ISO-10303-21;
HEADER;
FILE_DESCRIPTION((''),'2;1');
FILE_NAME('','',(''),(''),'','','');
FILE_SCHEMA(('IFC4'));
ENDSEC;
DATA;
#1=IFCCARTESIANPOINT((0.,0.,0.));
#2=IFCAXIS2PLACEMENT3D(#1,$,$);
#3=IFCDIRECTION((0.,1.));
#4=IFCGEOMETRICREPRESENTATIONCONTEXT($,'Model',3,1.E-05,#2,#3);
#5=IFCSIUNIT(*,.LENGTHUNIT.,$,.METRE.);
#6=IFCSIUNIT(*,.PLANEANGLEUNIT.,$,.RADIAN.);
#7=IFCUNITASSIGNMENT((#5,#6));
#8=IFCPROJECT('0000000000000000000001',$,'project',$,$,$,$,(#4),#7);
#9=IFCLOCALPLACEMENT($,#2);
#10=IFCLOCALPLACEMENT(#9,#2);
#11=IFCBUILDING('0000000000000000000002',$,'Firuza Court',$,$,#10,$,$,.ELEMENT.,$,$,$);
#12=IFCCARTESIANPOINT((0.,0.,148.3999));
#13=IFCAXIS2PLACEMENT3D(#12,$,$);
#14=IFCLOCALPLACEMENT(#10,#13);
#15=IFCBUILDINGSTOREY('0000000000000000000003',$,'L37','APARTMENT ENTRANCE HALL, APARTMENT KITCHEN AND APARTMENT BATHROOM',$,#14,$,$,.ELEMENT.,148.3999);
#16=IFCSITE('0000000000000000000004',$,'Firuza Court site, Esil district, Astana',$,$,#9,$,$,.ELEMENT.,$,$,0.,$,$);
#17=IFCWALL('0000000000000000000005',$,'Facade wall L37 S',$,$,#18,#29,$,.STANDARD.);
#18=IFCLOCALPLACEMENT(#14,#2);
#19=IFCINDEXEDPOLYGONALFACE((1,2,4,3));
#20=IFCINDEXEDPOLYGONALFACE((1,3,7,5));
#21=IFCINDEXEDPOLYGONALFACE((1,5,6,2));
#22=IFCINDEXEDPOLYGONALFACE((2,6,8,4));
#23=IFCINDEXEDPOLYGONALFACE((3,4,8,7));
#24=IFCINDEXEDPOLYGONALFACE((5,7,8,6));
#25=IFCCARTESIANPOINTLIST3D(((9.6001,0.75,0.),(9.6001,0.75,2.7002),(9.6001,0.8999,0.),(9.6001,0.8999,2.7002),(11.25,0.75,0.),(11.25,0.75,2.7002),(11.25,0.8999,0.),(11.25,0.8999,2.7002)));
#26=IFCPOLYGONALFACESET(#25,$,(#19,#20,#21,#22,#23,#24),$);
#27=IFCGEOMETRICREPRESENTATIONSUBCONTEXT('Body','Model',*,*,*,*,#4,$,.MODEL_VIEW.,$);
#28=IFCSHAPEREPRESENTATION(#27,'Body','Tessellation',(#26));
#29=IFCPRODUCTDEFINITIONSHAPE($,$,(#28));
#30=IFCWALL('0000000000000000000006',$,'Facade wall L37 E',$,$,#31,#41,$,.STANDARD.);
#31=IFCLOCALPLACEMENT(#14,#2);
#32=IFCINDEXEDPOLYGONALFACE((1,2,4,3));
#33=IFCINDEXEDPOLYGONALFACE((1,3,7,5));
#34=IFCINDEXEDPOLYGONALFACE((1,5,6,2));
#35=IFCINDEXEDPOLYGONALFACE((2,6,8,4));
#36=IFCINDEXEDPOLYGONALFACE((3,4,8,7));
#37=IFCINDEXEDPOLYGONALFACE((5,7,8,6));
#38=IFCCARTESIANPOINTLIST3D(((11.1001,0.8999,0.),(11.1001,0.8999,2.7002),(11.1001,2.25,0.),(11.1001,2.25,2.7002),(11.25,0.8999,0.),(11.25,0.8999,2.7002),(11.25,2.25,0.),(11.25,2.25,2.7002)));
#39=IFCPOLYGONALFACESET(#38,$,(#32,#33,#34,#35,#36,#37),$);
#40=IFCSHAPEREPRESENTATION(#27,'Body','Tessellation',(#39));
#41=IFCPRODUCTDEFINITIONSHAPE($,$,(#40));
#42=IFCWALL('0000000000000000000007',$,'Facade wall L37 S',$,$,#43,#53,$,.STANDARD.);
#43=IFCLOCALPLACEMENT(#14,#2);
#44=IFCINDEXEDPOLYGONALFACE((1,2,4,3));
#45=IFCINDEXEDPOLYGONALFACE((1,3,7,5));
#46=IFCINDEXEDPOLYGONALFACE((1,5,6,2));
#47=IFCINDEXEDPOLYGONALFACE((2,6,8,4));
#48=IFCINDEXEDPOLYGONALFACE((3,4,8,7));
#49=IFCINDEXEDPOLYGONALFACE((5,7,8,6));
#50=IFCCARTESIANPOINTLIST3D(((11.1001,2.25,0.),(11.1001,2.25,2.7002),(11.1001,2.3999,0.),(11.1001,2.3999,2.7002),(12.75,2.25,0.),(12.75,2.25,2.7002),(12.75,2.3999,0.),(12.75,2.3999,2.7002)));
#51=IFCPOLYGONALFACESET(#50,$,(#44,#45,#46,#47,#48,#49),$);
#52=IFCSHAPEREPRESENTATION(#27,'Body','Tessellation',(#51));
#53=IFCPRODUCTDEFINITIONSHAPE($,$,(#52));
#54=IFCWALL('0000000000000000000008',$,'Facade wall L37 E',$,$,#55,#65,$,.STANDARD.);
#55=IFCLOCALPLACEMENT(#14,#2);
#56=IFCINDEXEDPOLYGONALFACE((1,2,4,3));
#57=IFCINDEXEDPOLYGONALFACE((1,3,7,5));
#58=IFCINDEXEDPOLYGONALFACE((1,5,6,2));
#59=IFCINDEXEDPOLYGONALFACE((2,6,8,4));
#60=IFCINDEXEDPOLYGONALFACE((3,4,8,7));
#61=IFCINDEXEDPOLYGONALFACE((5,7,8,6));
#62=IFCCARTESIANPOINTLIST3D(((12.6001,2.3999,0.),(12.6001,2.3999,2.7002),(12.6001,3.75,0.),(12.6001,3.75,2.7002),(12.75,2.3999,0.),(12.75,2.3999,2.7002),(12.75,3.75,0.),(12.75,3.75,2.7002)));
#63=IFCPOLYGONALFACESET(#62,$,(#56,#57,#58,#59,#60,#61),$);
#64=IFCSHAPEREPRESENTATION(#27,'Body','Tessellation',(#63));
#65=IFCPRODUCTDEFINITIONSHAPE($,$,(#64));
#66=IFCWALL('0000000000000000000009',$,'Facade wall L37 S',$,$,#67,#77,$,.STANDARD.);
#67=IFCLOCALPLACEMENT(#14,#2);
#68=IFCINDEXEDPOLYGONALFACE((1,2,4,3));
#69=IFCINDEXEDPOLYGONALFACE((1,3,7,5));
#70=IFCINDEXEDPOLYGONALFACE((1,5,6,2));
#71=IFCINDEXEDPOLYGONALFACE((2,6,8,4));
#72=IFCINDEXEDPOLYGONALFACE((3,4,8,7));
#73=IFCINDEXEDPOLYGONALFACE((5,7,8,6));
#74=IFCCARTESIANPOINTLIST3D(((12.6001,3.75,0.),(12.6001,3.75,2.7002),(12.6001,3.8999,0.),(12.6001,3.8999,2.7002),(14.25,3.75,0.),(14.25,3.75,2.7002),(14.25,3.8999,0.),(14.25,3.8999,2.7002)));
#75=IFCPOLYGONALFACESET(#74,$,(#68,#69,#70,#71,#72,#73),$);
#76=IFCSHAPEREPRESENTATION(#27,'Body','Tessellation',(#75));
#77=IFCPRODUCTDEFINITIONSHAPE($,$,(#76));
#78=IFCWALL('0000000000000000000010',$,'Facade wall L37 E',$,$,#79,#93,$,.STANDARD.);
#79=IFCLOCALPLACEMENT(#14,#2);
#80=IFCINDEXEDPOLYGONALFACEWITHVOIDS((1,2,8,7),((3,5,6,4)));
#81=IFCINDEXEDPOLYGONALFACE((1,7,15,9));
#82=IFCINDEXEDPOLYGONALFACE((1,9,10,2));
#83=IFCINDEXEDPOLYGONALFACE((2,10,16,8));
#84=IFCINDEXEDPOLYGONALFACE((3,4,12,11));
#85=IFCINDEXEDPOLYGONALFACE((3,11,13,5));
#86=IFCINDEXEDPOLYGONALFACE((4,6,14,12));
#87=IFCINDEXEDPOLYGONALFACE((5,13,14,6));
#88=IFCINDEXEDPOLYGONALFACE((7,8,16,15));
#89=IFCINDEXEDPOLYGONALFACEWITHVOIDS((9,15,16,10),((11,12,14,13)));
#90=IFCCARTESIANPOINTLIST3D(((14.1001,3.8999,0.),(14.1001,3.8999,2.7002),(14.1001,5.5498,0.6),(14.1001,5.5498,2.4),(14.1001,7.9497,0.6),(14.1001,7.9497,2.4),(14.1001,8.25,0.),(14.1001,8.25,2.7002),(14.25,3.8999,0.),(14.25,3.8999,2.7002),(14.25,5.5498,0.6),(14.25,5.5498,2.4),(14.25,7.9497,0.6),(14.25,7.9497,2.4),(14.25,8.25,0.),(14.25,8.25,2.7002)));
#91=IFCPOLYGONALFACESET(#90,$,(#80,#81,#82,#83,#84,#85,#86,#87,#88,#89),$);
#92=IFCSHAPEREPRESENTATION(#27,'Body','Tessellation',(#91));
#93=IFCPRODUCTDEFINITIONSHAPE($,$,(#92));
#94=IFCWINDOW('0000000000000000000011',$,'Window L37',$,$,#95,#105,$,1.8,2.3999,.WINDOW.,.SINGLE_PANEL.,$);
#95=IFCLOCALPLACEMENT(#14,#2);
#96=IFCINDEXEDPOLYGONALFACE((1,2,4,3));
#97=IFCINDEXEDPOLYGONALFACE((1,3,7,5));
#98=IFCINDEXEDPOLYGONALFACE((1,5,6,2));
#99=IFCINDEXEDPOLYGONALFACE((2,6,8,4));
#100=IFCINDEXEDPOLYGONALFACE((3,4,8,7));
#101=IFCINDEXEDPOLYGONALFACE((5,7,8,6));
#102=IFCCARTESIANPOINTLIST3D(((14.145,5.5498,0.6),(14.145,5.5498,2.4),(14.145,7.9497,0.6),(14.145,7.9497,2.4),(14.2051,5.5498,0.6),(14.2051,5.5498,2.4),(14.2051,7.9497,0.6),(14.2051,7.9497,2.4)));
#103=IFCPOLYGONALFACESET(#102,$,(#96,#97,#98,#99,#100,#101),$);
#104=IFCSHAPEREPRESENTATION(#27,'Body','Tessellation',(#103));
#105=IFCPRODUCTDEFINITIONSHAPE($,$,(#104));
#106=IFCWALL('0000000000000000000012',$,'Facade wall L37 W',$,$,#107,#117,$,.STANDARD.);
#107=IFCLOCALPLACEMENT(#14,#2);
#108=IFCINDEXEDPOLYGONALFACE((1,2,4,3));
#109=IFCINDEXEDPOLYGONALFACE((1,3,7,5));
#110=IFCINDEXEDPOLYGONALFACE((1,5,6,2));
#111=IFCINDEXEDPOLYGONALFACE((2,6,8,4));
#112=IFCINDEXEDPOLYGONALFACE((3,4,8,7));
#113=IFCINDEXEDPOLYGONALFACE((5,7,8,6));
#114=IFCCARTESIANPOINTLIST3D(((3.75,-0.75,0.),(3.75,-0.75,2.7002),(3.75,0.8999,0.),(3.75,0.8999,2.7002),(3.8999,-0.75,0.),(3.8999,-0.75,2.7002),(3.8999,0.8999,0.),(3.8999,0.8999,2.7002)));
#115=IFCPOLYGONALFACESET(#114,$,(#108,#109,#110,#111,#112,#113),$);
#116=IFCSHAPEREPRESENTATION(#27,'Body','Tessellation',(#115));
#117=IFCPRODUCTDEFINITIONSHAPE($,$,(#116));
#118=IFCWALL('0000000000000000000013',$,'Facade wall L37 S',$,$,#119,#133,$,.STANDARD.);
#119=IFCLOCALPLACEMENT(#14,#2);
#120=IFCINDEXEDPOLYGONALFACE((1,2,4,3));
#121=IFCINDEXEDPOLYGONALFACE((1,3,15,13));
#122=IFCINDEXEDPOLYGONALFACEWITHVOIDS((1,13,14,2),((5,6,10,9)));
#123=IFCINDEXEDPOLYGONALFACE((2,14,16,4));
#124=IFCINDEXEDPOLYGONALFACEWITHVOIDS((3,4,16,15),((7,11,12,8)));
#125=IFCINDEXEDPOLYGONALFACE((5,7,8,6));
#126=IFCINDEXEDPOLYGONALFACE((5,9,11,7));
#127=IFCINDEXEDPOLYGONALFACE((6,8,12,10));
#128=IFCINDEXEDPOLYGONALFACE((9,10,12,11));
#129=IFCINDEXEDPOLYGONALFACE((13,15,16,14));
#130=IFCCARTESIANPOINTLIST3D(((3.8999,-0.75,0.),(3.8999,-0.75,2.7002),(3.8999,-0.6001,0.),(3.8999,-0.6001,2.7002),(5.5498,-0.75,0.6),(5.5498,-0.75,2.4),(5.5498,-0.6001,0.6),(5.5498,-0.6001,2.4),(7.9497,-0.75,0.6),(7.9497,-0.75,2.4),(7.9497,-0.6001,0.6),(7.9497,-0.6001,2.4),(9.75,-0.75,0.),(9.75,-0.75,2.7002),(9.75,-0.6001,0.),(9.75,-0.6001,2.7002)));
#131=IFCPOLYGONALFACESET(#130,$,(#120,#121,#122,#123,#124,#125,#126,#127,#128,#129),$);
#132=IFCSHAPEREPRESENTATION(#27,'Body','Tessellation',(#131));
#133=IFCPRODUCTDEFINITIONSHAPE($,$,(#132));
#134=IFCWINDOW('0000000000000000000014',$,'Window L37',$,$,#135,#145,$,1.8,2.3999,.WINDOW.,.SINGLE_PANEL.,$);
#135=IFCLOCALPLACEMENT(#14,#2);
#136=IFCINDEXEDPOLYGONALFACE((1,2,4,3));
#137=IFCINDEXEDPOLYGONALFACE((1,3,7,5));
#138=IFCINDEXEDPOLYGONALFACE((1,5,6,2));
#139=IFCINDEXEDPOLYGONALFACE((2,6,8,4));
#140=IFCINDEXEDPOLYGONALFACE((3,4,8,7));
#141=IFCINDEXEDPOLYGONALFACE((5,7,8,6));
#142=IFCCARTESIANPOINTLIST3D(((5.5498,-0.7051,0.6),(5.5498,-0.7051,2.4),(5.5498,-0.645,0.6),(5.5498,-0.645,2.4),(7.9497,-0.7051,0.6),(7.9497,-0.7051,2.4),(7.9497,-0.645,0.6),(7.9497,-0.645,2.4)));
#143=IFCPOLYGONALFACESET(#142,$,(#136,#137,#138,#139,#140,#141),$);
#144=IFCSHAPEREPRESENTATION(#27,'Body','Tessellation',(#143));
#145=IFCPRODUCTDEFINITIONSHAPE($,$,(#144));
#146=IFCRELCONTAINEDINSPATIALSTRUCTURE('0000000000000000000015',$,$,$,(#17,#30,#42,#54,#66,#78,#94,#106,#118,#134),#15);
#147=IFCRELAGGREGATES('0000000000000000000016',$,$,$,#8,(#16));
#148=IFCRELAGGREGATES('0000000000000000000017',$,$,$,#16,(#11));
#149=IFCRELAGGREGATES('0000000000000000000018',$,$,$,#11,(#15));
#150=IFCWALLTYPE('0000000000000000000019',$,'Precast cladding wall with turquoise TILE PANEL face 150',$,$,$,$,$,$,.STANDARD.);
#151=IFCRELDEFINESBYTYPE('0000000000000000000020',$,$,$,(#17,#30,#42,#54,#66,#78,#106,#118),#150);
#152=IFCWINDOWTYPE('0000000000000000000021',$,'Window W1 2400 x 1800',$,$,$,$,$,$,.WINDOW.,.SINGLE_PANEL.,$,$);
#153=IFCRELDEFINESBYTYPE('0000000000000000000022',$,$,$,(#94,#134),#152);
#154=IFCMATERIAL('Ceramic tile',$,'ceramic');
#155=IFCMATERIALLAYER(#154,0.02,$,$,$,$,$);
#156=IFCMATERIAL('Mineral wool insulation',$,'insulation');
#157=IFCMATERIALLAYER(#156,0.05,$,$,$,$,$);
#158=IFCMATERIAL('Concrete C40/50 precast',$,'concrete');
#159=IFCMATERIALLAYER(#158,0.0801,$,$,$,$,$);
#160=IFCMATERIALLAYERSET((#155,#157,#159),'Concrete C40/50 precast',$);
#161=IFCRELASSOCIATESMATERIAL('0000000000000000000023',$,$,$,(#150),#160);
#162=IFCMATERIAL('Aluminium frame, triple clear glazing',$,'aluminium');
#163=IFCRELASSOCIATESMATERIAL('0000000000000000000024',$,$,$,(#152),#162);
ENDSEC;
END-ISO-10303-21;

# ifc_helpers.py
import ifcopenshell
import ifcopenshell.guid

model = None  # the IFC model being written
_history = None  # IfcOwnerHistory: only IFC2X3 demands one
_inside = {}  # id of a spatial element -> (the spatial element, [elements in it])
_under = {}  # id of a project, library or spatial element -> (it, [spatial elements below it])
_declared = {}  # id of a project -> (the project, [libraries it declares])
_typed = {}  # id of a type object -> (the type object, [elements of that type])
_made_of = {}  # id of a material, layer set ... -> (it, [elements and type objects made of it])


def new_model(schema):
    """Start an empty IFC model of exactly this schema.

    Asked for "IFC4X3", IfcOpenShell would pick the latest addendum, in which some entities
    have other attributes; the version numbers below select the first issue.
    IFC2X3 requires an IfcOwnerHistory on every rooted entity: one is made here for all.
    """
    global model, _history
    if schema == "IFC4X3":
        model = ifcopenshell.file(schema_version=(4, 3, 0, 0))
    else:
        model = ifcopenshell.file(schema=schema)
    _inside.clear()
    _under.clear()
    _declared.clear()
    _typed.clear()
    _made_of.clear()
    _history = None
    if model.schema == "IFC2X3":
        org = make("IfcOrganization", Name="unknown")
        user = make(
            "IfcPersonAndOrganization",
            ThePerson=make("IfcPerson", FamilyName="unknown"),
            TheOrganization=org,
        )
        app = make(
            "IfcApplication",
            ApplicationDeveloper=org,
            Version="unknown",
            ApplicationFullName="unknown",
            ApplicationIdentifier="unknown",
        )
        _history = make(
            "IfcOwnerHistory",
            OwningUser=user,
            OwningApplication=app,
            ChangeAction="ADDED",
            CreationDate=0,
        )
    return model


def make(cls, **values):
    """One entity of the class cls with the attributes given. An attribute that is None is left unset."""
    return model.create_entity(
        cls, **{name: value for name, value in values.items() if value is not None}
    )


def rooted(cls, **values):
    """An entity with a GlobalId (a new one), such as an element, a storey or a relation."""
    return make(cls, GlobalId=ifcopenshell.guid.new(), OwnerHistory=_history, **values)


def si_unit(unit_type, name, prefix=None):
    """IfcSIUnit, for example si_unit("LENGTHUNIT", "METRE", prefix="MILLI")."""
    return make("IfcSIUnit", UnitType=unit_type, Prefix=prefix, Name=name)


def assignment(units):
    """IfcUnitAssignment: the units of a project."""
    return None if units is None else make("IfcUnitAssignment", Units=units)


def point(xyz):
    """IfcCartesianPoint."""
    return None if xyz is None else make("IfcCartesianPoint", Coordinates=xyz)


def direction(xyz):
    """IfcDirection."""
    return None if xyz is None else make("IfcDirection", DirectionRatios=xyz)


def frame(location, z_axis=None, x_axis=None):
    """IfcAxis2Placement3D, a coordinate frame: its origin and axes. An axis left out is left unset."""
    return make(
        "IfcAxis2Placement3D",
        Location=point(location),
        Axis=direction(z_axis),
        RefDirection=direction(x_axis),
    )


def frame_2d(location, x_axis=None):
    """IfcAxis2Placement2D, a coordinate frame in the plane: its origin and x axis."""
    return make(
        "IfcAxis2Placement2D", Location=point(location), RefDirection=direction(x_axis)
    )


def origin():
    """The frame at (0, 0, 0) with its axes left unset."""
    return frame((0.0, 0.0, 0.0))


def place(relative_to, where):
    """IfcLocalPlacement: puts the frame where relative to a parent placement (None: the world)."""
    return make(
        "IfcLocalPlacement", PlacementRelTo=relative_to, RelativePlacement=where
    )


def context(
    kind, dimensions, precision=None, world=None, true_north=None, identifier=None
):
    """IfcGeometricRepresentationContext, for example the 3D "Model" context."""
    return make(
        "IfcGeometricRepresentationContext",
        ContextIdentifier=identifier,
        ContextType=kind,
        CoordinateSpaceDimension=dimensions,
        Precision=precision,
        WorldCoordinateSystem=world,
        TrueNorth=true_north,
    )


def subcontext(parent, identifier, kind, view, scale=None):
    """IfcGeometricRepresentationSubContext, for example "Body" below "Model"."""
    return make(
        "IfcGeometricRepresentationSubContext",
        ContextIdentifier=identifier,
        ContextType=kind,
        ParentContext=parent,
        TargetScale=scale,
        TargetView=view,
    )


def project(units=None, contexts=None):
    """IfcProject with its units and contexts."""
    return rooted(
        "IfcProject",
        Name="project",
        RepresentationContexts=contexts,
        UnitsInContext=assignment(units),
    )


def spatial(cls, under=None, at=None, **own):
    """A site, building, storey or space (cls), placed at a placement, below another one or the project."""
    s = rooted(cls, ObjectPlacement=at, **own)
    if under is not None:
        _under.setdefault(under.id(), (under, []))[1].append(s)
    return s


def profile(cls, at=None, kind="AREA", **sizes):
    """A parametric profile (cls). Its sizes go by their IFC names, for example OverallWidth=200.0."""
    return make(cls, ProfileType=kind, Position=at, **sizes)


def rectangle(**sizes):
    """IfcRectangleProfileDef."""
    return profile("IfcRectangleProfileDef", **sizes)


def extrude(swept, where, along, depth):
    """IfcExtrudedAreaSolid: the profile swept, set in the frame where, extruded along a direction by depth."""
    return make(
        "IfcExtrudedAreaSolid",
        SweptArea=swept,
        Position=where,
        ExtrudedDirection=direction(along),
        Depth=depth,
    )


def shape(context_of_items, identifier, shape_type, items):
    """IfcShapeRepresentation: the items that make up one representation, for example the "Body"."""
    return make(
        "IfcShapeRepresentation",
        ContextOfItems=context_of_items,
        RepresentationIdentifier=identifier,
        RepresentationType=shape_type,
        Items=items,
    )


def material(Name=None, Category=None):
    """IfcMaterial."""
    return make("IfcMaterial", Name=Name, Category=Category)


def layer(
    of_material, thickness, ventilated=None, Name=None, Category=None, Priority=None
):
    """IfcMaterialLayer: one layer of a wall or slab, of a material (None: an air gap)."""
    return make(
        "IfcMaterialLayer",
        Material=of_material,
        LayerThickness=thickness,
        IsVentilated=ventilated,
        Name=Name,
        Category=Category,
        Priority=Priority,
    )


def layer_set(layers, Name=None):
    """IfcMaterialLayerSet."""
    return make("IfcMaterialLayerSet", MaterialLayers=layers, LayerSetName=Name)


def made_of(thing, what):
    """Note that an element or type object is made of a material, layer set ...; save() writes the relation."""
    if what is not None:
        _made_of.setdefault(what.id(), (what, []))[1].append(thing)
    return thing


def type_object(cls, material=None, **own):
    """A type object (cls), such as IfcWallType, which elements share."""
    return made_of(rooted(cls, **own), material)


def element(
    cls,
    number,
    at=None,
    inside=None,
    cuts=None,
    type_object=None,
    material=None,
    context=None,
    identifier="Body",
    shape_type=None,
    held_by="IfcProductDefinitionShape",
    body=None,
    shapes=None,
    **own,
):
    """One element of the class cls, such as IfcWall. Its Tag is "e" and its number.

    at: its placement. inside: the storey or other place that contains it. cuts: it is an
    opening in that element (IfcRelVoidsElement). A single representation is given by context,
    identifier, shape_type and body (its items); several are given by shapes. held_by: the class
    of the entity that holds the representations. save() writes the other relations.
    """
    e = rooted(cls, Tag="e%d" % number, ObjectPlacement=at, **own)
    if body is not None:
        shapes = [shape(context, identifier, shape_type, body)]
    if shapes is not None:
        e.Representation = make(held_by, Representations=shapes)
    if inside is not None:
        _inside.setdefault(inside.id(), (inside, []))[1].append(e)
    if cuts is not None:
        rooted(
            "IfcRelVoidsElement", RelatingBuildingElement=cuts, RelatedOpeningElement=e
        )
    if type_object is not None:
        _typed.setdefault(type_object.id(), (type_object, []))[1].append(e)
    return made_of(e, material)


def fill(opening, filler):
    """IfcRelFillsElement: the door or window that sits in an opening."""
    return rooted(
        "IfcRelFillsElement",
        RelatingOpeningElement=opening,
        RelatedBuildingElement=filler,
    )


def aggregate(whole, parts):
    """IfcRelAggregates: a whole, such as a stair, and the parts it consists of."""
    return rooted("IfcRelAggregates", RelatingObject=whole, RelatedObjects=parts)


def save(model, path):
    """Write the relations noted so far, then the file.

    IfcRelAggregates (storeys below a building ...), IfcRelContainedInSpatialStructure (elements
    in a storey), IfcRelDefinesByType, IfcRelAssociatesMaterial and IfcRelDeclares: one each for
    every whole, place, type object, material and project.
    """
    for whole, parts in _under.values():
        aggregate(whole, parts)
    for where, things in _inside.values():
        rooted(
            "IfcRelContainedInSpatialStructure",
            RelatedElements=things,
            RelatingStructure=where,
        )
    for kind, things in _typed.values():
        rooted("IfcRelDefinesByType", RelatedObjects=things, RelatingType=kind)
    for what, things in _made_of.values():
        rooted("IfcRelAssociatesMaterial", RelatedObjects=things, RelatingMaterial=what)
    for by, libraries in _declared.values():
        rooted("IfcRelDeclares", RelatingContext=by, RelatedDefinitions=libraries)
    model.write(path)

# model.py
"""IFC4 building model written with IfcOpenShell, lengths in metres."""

from ifc_helpers import new_model, si_unit, direction, frame, frame_2d, origin, place, context, subcontext, project, spatial, rectangle, extrude, material, layer, layer_set, type_object, element, fill, save


model = new_model("IFC4")

# Units and contexts
model_context = context("Model", 3, precision=1e-05, world=origin(), true_north=direction((0.0, 1.0)))
body_context = subcontext(model_context, "Body", "Model", "MODEL_VIEW")
ifc_project = project(units=[si_unit("LENGTHUNIT", "METRE"), si_unit("PLANEANGLEUNIT", "RADIAN")], contexts=[model_context])

# Site, building, storey
site_placement = place(None, origin())
site = spatial("IfcSite", under=ifc_project, at=site_placement, Name="Firuza Court site, Esil district, Astana", CompositionType="ELEMENT", RefElevation=0.0)
building_placement = place(site_placement, origin())
building = spatial("IfcBuilding", under=site, at=building_placement, Name="Firuza Court", CompositionType="ELEMENT")
storey_placement = place(building_placement, frame((0.0, 0.0, 148.3999)))
storey = spatial("IfcBuildingStorey", under=building, at=storey_placement, Name="L37", Description="APARTMENT ENTRANCE HALL, APARTMENT KITCHEN AND APARTMENT BATHROOM", CompositionType="ELEMENT", Elevation=148.3999)

# Walls
ifc_material_1 = material(Name="Ceramic tile", Category="ceramic")
ifc_layer_1 = layer(ifc_material_1, 0.02)
ifc_material_2 = material(Name="Mineral wool insulation", Category="insulation")
ifc_layer_2 = layer(ifc_material_2, 0.05)
ifc_material_3 = material(Name="Concrete C40/50 precast", Category="concrete")
ifc_layer_3 = layer(ifc_material_3, 0.0801)
ifc_layer_set_1 = layer_set([ifc_layer_1, ifc_layer_2, ifc_layer_3], Name="Concrete C40/50 precast")
wall_type_1 = type_object("IfcWallType", Name="Precast cladding wall with turquoise TILE PANEL face 150", PredefinedType="STANDARD", material=ifc_layer_set_1)
wall_1_placement = place(storey_placement, frame((9.6001, 0.825, 0.0), z_axis=(0.0, 0.0, 1.0), x_axis=(1.0, 0.0, 0.0)))
element("IfcWall", 1, at=wall_1_placement, inside=storey, type_object=wall_type_1, Name="Facade wall L37 S", PredefinedType="STANDARD", context=body_context, shape_type="SweptSolid", body=[
    extrude(rectangle(XDim=1.6499, YDim=0.1499, at=frame_2d((0.825, 0.0))), origin(), (0.0, 0.0, 1.0), 2.7002),
])
wall_2_placement = place(storey_placement, frame((11.175, 0.8999, 0.0), z_axis=(0.0, 0.0, 1.0), x_axis=(0.0, 1.0, 0.0)))
element("IfcWall", 2, at=wall_2_placement, inside=storey, type_object=wall_type_1, Name="Facade wall L37 E", PredefinedType="STANDARD", context=body_context, shape_type="SweptSolid", body=[
    extrude(rectangle(XDim=1.3501, YDim=0.1499, at=frame_2d((0.675, 0.0))), origin(), (0.0, 0.0, 1.0), 2.7002),
])
wall_3_placement = place(storey_placement, frame((11.1001, 2.325, 0.0), z_axis=(0.0, 0.0, 1.0), x_axis=(1.0, 0.0, 0.0)))
element("IfcWall", 3, at=wall_3_placement, inside=storey, type_object=wall_type_1, Name="Facade wall L37 S", PredefinedType="STANDARD", context=body_context, shape_type="SweptSolid", body=[
    extrude(rectangle(XDim=1.6499, YDim=0.1499, at=frame_2d((0.825, 0.0))), origin(), (0.0, 0.0, 1.0), 2.7002),
])
wall_4_placement = place(storey_placement, frame((12.675, 2.3999, 0.0), z_axis=(0.0, 0.0, 1.0), x_axis=(0.0, 1.0, 0.0)))
element("IfcWall", 4, at=wall_4_placement, inside=storey, type_object=wall_type_1, Name="Facade wall L37 E", PredefinedType="STANDARD", context=body_context, shape_type="SweptSolid", body=[
    extrude(rectangle(XDim=1.3501, YDim=0.1499, at=frame_2d((0.675, 0.0))), origin(), (0.0, 0.0, 1.0), 2.7002),
])
wall_5_placement = place(storey_placement, frame((12.6001, 3.825, 0.0), z_axis=(0.0, 0.0, 1.0), x_axis=(1.0, 0.0, 0.0)))
element("IfcWall", 5, at=wall_5_placement, inside=storey, type_object=wall_type_1, Name="Facade wall L37 S", PredefinedType="STANDARD", context=body_context, shape_type="SweptSolid", body=[
    extrude(rectangle(XDim=1.6499, YDim=0.1499, at=frame_2d((0.825, 0.0))), origin(), (0.0, 0.0, 1.0), 2.7002),
])

# Wall, opening, window
wall_6_placement = place(storey_placement, frame((14.175, 3.8999, 0.0), z_axis=(0.0, 0.0, 1.0), x_axis=(0.0, 1.0, 0.0)))
wall_6 = element("IfcWall", 6, at=wall_6_placement, inside=storey, type_object=wall_type_1, Name="Facade wall L37 E", PredefinedType="STANDARD", context=body_context, shape_type="SweptSolid", body=[
    extrude(rectangle(XDim=4.3501, YDim=0.1499, at=frame_2d((2.175, 0.0))), origin(), (0.0, 0.0, 1.0), 2.7002),
])
opening_1_placement = place(wall_6_placement, frame((1.6499, 0.0, 0.6001)))
opening_1 = element("IfcOpeningElement", 7, at=opening_1_placement, cuts=wall_6, PredefinedType="OPENING", context=body_context, shape_type="SweptSolid", body=[
    extrude(rectangle(XDim=2.3999, YDim=1.8, at=frame_2d((1.2, 0.8999))), frame((0.0, 0.0869, 0.0), z_axis=(0.0, -1.0, 0.0), x_axis=(1.0, 0.0, 0.0)), (0.0, 0.0, 1.0), 0.1738),
])
ifc_material_4 = material(Name="Aluminium frame, triple clear glazing", Category="aluminium")
window_type = type_object("IfcWindowType", Name="Window W1 2400 x 1800", PartitioningType="SINGLE_PANEL", PredefinedType="WINDOW", material=ifc_material_4)
window_1_placement = place(opening_1_placement, origin())
window_1 = element("IfcWindow", 8, at=window_1_placement, inside=storey, type_object=window_type, Name="Window L37", OverallHeight=1.8, OverallWidth=2.3999, PartitioningType="SINGLE_PANEL", PredefinedType="WINDOW", context=body_context, shape_type="SweptSolid", body=[
    extrude(rectangle(XDim=2.3999, YDim=1.8, at=frame_2d((1.2, 0.8999))), frame((0.0, 0.03, 0.0), z_axis=(0.0, -1.0, 0.0), x_axis=(1.0, 0.0, 0.0)), (0.0, 0.0, 1.0), 0.0601),
])
fill(opening_1, window_1)

# Wall
wall_7_placement = place(storey_placement, frame((3.825, 0.8999, 0.0), z_axis=(0.0, 0.0, 1.0), x_axis=(0.0, -1.0, 0.0)))
element("IfcWall", 9, at=wall_7_placement, inside=storey, type_object=wall_type_1, Name="Facade wall L37 W", PredefinedType="STANDARD", context=body_context, shape_type="SweptSolid", body=[
    extrude(rectangle(XDim=1.6499, YDim=0.1499, at=frame_2d((0.825, 0.0))), origin(), (0.0, 0.0, 1.0), 2.7002),
])

# Wall, opening, window
wall_8_placement = place(storey_placement, frame((3.8999, -0.675, 0.0), z_axis=(0.0, 0.0, 1.0), x_axis=(1.0, 0.0, 0.0)))
wall_8 = element("IfcWall", 10, at=wall_8_placement, inside=storey, type_object=wall_type_1, Name="Facade wall L37 S", PredefinedType="STANDARD", context=body_context, shape_type="SweptSolid", body=[
    extrude(rectangle(XDim=5.8501, YDim=0.1499, at=frame_2d((2.925, 0.0))), origin(), (0.0, 0.0, 1.0), 2.7002),
])
opening_2_placement = place(wall_8_placement, frame((1.6499, 0.0, 0.6001)))
opening_2 = element("IfcOpeningElement", 11, at=opening_2_placement, cuts=wall_8, PredefinedType="OPENING", context=body_context, shape_type="SweptSolid", body=[
    extrude(rectangle(XDim=2.3999, YDim=1.8, at=frame_2d((1.2, 0.8999))), frame((0.0, 0.0869, 0.0), z_axis=(0.0, -1.0, 0.0), x_axis=(1.0, 0.0, 0.0)), (0.0, 0.0, 1.0), 0.1738),
])
window_2_placement = place(opening_2_placement, origin())
window_2 = element("IfcWindow", 12, at=window_2_placement, inside=storey, type_object=window_type, Name="Window L37", OverallHeight=1.8, OverallWidth=2.3999, PartitioningType="SINGLE_PANEL", PredefinedType="WINDOW", context=body_context, shape_type="SweptSolid", body=[
    extrude(rectangle(XDim=2.3999, YDim=1.8, at=frame_2d((1.2, 0.8999))), frame((0.0, 0.03, 0.0), z_axis=(0.0, -1.0, 0.0), x_axis=(1.0, 0.0, 0.0)), (0.0, 0.0, 1.0), 0.0601),
])
fill(opening_2, window_2)

save(model, "model.ifc")
